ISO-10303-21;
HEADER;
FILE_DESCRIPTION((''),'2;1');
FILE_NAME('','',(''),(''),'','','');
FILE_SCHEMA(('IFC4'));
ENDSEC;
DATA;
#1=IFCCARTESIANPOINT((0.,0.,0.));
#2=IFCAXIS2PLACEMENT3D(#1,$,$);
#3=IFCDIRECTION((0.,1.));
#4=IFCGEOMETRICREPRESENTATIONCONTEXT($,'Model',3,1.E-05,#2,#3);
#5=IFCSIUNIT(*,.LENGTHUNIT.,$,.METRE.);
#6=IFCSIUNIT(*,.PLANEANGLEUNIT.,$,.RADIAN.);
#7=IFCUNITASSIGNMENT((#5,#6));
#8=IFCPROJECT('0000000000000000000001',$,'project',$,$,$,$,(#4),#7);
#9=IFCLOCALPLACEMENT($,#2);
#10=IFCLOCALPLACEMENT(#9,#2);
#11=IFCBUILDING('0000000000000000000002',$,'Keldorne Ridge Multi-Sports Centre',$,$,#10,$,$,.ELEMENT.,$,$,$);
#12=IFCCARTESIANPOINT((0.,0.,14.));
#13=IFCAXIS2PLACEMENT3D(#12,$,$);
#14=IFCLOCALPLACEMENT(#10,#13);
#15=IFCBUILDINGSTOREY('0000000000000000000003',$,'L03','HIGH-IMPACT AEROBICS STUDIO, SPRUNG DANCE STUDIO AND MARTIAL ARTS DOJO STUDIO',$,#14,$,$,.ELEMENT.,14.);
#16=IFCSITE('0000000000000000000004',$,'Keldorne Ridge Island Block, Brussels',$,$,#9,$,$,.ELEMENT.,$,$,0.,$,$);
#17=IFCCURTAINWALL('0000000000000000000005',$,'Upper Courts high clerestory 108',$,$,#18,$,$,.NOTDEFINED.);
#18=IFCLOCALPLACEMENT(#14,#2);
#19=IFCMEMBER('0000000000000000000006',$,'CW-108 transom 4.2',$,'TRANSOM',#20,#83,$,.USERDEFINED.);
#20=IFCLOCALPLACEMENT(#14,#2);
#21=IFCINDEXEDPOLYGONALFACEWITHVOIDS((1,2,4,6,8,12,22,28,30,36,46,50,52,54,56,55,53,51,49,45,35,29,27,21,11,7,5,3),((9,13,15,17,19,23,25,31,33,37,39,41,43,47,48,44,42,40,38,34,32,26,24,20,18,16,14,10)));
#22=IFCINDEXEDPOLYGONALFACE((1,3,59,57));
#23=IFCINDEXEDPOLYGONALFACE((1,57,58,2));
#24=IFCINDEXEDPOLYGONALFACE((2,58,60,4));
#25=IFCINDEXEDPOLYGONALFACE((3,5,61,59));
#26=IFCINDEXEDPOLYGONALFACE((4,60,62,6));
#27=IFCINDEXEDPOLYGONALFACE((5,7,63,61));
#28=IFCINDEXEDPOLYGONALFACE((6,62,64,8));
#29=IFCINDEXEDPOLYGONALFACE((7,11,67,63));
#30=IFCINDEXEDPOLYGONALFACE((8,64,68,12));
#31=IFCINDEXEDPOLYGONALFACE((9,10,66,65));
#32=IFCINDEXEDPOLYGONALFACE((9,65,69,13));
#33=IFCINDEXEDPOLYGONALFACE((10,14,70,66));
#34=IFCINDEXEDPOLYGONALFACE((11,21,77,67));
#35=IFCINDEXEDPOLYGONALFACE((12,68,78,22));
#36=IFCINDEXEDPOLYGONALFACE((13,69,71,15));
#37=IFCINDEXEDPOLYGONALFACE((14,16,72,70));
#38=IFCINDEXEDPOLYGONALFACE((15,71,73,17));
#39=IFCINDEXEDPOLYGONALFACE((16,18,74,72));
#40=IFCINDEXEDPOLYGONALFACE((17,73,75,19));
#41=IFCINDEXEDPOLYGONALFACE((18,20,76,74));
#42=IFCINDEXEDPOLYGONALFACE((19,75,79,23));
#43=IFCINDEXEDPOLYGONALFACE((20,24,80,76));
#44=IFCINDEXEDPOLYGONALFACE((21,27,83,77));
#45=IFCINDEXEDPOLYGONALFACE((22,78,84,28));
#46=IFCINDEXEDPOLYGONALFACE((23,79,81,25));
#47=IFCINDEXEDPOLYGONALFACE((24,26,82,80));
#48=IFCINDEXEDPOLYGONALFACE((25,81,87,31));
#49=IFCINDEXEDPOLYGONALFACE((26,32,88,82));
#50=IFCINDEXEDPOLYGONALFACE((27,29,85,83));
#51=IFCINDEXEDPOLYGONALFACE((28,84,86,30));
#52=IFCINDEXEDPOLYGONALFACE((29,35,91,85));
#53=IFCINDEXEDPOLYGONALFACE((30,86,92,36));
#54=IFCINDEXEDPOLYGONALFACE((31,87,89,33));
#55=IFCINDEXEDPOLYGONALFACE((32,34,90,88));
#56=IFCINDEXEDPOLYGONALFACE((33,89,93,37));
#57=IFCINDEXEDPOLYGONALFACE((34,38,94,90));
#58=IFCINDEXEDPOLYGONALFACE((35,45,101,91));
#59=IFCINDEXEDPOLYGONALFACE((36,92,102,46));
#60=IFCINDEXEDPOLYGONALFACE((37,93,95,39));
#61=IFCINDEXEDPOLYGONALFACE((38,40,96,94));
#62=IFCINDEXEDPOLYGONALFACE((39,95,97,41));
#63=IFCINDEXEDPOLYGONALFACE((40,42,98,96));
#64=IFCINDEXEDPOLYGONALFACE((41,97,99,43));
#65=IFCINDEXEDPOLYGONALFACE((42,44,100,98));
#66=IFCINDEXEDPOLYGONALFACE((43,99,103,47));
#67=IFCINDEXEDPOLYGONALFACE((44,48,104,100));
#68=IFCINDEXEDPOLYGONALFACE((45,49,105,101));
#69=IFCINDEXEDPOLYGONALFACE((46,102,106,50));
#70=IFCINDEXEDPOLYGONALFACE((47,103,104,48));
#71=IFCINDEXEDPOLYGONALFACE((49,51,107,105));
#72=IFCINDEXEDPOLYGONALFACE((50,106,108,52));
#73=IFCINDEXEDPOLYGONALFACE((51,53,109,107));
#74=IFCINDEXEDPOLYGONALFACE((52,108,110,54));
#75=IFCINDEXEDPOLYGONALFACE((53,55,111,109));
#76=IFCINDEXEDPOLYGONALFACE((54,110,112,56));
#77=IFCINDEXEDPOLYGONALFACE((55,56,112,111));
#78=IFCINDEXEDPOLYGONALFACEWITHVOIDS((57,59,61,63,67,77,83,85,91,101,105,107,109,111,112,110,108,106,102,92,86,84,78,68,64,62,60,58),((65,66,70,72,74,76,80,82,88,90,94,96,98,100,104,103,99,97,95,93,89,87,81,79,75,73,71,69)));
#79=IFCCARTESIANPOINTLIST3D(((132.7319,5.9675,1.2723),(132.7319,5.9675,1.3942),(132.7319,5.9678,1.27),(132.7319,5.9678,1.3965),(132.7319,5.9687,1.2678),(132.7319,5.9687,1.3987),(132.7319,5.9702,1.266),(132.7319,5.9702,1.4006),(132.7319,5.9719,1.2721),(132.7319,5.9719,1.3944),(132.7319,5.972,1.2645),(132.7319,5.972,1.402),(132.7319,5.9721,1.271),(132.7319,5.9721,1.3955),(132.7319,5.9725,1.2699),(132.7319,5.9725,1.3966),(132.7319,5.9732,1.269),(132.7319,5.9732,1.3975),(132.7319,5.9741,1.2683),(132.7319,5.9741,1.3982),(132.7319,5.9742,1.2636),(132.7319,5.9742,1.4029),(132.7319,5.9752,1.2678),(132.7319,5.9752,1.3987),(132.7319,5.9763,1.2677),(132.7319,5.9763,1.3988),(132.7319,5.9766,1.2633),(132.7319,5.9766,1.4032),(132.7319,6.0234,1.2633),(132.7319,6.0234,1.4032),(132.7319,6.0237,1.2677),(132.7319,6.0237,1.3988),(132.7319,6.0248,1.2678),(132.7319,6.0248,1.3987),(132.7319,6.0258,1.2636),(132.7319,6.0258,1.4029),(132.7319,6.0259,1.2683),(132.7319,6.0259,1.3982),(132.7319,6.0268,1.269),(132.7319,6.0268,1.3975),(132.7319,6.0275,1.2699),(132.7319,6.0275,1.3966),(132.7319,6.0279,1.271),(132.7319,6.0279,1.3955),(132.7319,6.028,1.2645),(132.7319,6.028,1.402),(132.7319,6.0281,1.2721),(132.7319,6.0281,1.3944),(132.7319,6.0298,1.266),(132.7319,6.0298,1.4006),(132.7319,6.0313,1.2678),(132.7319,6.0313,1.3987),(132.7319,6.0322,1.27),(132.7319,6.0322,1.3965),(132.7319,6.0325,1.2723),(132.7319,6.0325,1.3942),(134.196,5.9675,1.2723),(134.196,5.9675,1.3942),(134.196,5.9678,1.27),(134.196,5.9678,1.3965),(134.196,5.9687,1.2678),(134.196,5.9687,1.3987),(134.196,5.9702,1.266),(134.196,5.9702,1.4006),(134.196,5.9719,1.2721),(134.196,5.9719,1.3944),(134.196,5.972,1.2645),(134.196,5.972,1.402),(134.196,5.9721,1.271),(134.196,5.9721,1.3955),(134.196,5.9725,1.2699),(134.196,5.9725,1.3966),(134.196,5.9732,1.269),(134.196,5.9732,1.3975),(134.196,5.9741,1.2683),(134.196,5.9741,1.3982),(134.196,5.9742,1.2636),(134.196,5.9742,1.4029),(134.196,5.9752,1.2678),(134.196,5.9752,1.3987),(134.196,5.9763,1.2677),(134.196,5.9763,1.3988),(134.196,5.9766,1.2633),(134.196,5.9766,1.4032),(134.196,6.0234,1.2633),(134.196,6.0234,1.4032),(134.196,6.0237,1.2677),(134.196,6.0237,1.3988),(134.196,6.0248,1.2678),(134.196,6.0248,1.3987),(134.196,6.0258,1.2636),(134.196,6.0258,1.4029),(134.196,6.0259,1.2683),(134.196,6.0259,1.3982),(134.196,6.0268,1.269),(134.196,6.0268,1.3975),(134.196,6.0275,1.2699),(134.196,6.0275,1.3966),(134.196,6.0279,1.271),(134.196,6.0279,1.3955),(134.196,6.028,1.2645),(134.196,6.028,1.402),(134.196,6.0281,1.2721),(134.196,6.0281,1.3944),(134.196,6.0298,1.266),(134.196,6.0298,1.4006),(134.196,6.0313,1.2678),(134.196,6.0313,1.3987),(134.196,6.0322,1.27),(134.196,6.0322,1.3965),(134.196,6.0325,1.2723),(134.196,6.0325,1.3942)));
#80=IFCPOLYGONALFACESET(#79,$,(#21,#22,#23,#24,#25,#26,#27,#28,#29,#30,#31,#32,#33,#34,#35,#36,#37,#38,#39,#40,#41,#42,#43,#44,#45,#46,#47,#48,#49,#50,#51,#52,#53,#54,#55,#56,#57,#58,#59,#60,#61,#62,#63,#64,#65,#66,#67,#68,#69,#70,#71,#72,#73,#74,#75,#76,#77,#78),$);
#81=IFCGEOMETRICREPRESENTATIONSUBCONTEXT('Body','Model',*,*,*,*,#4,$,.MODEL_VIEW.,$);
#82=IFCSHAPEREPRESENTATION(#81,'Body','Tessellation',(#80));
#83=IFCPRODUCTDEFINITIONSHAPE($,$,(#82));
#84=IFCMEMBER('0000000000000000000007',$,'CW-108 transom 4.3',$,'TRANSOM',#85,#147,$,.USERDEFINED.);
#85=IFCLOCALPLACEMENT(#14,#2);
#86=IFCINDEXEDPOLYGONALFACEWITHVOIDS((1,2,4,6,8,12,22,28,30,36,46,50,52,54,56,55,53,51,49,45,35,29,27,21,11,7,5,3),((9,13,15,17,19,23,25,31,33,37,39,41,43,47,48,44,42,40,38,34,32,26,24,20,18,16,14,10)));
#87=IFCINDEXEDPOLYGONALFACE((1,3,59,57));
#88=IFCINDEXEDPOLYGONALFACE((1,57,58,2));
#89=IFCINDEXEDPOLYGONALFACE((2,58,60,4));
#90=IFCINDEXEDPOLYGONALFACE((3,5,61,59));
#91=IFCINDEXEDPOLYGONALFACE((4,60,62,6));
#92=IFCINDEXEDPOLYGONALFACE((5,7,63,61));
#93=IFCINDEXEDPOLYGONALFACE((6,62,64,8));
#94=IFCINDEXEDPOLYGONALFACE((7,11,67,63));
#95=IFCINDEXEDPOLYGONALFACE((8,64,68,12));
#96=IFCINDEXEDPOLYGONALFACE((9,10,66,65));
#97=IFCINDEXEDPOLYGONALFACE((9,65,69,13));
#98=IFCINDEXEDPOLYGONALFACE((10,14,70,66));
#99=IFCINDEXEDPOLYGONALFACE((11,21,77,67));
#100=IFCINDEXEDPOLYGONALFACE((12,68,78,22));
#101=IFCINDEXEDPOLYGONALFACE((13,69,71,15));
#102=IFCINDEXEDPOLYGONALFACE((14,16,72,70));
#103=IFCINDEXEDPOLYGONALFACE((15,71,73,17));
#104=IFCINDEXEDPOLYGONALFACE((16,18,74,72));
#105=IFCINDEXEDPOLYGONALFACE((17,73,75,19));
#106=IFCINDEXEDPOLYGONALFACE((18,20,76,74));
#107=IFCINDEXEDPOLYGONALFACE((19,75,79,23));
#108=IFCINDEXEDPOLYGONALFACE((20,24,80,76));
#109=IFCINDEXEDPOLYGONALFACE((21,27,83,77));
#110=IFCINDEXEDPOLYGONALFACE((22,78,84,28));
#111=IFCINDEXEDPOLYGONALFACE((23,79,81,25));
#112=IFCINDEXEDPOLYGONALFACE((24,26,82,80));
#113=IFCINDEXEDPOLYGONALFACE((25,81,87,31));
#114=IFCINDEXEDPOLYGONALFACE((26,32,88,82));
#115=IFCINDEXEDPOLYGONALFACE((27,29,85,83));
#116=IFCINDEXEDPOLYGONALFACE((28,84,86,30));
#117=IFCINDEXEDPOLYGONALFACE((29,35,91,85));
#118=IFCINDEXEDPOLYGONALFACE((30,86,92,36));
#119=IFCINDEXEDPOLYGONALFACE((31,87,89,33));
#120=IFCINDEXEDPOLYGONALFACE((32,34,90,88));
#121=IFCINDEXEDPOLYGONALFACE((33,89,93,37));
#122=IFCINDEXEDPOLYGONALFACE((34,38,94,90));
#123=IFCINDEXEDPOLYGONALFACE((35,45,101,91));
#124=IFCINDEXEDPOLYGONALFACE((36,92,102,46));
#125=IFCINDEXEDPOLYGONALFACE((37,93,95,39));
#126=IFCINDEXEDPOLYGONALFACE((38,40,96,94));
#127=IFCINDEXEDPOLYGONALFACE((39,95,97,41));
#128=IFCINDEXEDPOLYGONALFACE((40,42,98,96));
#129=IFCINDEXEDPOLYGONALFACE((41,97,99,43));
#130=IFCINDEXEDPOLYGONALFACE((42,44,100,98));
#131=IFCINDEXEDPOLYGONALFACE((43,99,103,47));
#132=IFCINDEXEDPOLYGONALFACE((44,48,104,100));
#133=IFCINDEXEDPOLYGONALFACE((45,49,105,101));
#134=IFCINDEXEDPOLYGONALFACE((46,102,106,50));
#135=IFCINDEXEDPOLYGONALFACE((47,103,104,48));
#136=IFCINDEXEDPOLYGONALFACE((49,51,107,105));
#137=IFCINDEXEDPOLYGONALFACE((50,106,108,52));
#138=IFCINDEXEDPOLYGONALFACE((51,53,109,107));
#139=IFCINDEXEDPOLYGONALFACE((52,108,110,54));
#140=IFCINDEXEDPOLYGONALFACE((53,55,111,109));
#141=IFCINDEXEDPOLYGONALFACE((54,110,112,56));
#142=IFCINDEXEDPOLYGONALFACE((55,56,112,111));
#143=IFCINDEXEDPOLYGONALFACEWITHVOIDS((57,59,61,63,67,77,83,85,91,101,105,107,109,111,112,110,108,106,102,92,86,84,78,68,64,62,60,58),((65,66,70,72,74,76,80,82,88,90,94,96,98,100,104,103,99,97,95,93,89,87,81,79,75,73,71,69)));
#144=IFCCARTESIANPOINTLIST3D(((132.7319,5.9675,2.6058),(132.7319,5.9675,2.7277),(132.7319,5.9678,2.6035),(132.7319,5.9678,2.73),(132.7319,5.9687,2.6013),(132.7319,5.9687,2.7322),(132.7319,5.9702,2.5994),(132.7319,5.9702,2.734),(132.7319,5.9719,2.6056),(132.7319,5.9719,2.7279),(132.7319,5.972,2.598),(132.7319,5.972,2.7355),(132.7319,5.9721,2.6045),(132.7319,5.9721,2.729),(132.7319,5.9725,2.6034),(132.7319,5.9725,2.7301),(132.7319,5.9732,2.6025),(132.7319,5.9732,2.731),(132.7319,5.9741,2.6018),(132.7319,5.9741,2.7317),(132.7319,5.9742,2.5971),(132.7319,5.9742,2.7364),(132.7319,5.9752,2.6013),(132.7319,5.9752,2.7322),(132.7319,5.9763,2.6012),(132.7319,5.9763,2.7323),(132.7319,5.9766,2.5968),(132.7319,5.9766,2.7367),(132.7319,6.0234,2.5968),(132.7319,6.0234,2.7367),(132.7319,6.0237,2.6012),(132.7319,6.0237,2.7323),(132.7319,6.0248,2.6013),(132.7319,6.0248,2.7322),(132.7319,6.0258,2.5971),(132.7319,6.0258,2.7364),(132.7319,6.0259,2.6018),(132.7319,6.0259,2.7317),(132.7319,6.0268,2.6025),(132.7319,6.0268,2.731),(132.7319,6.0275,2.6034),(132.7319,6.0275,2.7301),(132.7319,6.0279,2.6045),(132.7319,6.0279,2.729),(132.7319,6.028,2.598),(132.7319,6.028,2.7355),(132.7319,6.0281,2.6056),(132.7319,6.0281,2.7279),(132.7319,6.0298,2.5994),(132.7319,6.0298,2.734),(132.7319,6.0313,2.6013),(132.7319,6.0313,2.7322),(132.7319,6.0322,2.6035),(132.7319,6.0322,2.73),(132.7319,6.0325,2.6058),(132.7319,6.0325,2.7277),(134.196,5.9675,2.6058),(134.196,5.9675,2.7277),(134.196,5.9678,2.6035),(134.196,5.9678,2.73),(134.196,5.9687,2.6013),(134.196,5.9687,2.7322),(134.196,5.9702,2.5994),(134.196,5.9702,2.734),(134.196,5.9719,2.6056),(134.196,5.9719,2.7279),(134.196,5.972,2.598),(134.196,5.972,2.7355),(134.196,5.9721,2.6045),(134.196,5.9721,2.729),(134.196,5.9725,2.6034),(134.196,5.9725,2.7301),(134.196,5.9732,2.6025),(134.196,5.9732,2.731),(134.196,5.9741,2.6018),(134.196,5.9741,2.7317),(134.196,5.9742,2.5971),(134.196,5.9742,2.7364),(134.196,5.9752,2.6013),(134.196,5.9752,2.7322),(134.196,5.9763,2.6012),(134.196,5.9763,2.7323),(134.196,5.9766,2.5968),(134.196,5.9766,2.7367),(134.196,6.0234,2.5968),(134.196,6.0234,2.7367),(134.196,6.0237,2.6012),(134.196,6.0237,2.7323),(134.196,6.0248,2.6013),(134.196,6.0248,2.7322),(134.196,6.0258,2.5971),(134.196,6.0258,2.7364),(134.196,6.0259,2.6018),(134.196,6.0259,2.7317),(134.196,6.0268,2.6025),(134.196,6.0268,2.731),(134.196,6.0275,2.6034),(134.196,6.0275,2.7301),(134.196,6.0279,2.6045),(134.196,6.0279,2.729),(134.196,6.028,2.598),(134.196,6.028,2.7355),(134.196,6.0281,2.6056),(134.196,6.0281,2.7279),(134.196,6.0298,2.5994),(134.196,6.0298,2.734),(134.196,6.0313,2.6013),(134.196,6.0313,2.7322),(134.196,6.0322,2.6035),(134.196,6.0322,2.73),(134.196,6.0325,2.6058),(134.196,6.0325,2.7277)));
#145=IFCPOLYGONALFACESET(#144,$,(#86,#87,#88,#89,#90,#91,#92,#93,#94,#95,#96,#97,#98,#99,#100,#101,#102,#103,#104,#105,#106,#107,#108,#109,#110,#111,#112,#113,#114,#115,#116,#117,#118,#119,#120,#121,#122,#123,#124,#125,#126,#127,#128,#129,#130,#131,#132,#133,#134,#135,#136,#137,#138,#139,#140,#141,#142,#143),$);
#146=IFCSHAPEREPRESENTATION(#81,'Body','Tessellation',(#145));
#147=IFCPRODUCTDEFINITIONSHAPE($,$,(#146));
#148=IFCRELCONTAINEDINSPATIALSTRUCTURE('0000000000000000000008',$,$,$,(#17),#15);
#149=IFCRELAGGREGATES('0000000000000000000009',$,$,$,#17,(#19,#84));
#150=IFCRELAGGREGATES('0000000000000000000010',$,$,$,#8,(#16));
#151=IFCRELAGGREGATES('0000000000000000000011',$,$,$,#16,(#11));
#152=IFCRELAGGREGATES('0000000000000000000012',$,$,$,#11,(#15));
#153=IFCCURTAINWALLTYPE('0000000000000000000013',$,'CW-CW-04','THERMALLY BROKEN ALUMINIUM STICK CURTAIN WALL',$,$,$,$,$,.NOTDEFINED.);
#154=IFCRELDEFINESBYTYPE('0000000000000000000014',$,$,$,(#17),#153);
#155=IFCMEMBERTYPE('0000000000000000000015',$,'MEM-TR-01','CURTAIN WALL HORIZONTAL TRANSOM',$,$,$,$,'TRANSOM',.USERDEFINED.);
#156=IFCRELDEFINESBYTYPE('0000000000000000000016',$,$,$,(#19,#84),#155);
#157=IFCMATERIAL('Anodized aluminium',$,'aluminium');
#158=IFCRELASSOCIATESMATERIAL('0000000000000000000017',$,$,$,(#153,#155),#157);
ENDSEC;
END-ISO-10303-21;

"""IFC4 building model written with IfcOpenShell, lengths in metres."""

from ifc_helpers import new_model, si_unit, direction, frame, origin, origin_2d, place, context, subcontext, project, spatial, hollow_rectangle, extrude, material, material_profile, profile_set, type_object, element, aggregate, save


model = new_model("IFC4")

# Units and contexts
model_context = context("Model", 3, precision=1e-05, world=origin(), true_north=direction((0.0, 1.0)))
body_context = subcontext(model_context, "Body", "Model", "MODEL_VIEW")
ifc_project = project(units=[si_unit("LENGTHUNIT", "METRE"), si_unit("PLANEANGLEUNIT", "RADIAN")], contexts=[model_context])

# Site, building, storey
site_placement = place(None, origin())
site = spatial("IfcSite", under=ifc_project, at=site_placement, Name="Keldorne Ridge Island Block, Brussels", CompositionType="ELEMENT", RefElevation=0.0)
building_placement = place(site_placement, origin())
building = spatial("IfcBuilding", under=site, at=building_placement, Name="Keldorne Ridge Multi-Sports Centre", CompositionType="ELEMENT")
storey_placement = place(building_placement, frame((0.0, 0.0, 14.0)))
storey = spatial("IfcBuildingStorey", under=building, at=storey_placement, Name="L03", Description="HIGH-IMPACT AEROBICS STUDIO, SPRUNG DANCE STUDIO AND MARTIAL ARTS DOJO STUDIO", CompositionType="ELEMENT", Elevation=14.0)

# Curtain wall
ifc_material_1 = material(Name="Anodized aluminium", Category="aluminium")
curtain_wall_type = type_object("IfcCurtainWallType", Name="CW-CW-04", Description="THERMALLY BROKEN ALUMINIUM STICK CURTAIN WALL", PredefinedType="NOTDEFINED", material=ifc_material_1)
curtain_wall_placement = place(storey_placement, origin())
curtain_wall = element("IfcCurtainWall", 1, at=curtain_wall_placement, inside=storey, type_object=curtain_wall_type, Name="Upper Courts high clerestory 108", PredefinedType="NOTDEFINED")

# Members
ifc_material_profile_1 = material_profile(ifc_material_1, hollow_rectangle(XDim=0.0649, YDim=0.1399, WallThickness=0.0044, InnerFilletRadius=0.0044, OuterFilletRadius=0.009, at=origin_2d()), Name="ALU TRANSOM 140x65x4.5")
ifc_profile_set_1 = profile_set([ifc_material_profile_1], Name="Anodized aluminium")
member_type_1 = type_object("IfcMemberType", Name="MEM-TR-01", Description="CURTAIN WALL HORIZONTAL TRANSOM", ElementType="TRANSOM", PredefinedType="USERDEFINED", material=ifc_profile_set_1)
member_1_placement = place(storey_placement, frame((132.7319, 6.0, 1.3333), z_axis=(1.0, 0.0, 0.0), x_axis=(0.0, 1.0, 0.0)))
member_1 = element("IfcMember", 2, at=member_1_placement, type_object=member_type_1, Name="CW-108 transom 4.2", ObjectType="TRANSOM", PredefinedType="USERDEFINED", context=body_context, shape_type="SweptSolid", body=[
    extrude(hollow_rectangle(XDim=0.0649, YDim=0.1399, WallThickness=0.0044, InnerFilletRadius=0.0044, OuterFilletRadius=0.009, at=origin_2d()), origin(), (0.0, 0.0, 1.0), 1.4641),
])
member_2_placement = place(storey_placement, frame((132.7319, 6.0, 2.6667), z_axis=(1.0, 0.0, 0.0), x_axis=(0.0, 1.0, 0.0)))
member_2 = element("IfcMember", 3, at=member_2_placement, type_object=member_type_1, Name="CW-108 transom 4.3", ObjectType="TRANSOM", PredefinedType="USERDEFINED", context=body_context, shape_type="SweptSolid", body=[
    extrude(hollow_rectangle(XDim=0.0649, YDim=0.1399, WallThickness=0.0044, InnerFilletRadius=0.0044, OuterFilletRadius=0.009, at=origin_2d()), origin(), (0.0, 0.0, 1.0), 1.4641),
])

aggregate(curtain_wall, [member_1, member_2])

save(model, "model.ifc")
